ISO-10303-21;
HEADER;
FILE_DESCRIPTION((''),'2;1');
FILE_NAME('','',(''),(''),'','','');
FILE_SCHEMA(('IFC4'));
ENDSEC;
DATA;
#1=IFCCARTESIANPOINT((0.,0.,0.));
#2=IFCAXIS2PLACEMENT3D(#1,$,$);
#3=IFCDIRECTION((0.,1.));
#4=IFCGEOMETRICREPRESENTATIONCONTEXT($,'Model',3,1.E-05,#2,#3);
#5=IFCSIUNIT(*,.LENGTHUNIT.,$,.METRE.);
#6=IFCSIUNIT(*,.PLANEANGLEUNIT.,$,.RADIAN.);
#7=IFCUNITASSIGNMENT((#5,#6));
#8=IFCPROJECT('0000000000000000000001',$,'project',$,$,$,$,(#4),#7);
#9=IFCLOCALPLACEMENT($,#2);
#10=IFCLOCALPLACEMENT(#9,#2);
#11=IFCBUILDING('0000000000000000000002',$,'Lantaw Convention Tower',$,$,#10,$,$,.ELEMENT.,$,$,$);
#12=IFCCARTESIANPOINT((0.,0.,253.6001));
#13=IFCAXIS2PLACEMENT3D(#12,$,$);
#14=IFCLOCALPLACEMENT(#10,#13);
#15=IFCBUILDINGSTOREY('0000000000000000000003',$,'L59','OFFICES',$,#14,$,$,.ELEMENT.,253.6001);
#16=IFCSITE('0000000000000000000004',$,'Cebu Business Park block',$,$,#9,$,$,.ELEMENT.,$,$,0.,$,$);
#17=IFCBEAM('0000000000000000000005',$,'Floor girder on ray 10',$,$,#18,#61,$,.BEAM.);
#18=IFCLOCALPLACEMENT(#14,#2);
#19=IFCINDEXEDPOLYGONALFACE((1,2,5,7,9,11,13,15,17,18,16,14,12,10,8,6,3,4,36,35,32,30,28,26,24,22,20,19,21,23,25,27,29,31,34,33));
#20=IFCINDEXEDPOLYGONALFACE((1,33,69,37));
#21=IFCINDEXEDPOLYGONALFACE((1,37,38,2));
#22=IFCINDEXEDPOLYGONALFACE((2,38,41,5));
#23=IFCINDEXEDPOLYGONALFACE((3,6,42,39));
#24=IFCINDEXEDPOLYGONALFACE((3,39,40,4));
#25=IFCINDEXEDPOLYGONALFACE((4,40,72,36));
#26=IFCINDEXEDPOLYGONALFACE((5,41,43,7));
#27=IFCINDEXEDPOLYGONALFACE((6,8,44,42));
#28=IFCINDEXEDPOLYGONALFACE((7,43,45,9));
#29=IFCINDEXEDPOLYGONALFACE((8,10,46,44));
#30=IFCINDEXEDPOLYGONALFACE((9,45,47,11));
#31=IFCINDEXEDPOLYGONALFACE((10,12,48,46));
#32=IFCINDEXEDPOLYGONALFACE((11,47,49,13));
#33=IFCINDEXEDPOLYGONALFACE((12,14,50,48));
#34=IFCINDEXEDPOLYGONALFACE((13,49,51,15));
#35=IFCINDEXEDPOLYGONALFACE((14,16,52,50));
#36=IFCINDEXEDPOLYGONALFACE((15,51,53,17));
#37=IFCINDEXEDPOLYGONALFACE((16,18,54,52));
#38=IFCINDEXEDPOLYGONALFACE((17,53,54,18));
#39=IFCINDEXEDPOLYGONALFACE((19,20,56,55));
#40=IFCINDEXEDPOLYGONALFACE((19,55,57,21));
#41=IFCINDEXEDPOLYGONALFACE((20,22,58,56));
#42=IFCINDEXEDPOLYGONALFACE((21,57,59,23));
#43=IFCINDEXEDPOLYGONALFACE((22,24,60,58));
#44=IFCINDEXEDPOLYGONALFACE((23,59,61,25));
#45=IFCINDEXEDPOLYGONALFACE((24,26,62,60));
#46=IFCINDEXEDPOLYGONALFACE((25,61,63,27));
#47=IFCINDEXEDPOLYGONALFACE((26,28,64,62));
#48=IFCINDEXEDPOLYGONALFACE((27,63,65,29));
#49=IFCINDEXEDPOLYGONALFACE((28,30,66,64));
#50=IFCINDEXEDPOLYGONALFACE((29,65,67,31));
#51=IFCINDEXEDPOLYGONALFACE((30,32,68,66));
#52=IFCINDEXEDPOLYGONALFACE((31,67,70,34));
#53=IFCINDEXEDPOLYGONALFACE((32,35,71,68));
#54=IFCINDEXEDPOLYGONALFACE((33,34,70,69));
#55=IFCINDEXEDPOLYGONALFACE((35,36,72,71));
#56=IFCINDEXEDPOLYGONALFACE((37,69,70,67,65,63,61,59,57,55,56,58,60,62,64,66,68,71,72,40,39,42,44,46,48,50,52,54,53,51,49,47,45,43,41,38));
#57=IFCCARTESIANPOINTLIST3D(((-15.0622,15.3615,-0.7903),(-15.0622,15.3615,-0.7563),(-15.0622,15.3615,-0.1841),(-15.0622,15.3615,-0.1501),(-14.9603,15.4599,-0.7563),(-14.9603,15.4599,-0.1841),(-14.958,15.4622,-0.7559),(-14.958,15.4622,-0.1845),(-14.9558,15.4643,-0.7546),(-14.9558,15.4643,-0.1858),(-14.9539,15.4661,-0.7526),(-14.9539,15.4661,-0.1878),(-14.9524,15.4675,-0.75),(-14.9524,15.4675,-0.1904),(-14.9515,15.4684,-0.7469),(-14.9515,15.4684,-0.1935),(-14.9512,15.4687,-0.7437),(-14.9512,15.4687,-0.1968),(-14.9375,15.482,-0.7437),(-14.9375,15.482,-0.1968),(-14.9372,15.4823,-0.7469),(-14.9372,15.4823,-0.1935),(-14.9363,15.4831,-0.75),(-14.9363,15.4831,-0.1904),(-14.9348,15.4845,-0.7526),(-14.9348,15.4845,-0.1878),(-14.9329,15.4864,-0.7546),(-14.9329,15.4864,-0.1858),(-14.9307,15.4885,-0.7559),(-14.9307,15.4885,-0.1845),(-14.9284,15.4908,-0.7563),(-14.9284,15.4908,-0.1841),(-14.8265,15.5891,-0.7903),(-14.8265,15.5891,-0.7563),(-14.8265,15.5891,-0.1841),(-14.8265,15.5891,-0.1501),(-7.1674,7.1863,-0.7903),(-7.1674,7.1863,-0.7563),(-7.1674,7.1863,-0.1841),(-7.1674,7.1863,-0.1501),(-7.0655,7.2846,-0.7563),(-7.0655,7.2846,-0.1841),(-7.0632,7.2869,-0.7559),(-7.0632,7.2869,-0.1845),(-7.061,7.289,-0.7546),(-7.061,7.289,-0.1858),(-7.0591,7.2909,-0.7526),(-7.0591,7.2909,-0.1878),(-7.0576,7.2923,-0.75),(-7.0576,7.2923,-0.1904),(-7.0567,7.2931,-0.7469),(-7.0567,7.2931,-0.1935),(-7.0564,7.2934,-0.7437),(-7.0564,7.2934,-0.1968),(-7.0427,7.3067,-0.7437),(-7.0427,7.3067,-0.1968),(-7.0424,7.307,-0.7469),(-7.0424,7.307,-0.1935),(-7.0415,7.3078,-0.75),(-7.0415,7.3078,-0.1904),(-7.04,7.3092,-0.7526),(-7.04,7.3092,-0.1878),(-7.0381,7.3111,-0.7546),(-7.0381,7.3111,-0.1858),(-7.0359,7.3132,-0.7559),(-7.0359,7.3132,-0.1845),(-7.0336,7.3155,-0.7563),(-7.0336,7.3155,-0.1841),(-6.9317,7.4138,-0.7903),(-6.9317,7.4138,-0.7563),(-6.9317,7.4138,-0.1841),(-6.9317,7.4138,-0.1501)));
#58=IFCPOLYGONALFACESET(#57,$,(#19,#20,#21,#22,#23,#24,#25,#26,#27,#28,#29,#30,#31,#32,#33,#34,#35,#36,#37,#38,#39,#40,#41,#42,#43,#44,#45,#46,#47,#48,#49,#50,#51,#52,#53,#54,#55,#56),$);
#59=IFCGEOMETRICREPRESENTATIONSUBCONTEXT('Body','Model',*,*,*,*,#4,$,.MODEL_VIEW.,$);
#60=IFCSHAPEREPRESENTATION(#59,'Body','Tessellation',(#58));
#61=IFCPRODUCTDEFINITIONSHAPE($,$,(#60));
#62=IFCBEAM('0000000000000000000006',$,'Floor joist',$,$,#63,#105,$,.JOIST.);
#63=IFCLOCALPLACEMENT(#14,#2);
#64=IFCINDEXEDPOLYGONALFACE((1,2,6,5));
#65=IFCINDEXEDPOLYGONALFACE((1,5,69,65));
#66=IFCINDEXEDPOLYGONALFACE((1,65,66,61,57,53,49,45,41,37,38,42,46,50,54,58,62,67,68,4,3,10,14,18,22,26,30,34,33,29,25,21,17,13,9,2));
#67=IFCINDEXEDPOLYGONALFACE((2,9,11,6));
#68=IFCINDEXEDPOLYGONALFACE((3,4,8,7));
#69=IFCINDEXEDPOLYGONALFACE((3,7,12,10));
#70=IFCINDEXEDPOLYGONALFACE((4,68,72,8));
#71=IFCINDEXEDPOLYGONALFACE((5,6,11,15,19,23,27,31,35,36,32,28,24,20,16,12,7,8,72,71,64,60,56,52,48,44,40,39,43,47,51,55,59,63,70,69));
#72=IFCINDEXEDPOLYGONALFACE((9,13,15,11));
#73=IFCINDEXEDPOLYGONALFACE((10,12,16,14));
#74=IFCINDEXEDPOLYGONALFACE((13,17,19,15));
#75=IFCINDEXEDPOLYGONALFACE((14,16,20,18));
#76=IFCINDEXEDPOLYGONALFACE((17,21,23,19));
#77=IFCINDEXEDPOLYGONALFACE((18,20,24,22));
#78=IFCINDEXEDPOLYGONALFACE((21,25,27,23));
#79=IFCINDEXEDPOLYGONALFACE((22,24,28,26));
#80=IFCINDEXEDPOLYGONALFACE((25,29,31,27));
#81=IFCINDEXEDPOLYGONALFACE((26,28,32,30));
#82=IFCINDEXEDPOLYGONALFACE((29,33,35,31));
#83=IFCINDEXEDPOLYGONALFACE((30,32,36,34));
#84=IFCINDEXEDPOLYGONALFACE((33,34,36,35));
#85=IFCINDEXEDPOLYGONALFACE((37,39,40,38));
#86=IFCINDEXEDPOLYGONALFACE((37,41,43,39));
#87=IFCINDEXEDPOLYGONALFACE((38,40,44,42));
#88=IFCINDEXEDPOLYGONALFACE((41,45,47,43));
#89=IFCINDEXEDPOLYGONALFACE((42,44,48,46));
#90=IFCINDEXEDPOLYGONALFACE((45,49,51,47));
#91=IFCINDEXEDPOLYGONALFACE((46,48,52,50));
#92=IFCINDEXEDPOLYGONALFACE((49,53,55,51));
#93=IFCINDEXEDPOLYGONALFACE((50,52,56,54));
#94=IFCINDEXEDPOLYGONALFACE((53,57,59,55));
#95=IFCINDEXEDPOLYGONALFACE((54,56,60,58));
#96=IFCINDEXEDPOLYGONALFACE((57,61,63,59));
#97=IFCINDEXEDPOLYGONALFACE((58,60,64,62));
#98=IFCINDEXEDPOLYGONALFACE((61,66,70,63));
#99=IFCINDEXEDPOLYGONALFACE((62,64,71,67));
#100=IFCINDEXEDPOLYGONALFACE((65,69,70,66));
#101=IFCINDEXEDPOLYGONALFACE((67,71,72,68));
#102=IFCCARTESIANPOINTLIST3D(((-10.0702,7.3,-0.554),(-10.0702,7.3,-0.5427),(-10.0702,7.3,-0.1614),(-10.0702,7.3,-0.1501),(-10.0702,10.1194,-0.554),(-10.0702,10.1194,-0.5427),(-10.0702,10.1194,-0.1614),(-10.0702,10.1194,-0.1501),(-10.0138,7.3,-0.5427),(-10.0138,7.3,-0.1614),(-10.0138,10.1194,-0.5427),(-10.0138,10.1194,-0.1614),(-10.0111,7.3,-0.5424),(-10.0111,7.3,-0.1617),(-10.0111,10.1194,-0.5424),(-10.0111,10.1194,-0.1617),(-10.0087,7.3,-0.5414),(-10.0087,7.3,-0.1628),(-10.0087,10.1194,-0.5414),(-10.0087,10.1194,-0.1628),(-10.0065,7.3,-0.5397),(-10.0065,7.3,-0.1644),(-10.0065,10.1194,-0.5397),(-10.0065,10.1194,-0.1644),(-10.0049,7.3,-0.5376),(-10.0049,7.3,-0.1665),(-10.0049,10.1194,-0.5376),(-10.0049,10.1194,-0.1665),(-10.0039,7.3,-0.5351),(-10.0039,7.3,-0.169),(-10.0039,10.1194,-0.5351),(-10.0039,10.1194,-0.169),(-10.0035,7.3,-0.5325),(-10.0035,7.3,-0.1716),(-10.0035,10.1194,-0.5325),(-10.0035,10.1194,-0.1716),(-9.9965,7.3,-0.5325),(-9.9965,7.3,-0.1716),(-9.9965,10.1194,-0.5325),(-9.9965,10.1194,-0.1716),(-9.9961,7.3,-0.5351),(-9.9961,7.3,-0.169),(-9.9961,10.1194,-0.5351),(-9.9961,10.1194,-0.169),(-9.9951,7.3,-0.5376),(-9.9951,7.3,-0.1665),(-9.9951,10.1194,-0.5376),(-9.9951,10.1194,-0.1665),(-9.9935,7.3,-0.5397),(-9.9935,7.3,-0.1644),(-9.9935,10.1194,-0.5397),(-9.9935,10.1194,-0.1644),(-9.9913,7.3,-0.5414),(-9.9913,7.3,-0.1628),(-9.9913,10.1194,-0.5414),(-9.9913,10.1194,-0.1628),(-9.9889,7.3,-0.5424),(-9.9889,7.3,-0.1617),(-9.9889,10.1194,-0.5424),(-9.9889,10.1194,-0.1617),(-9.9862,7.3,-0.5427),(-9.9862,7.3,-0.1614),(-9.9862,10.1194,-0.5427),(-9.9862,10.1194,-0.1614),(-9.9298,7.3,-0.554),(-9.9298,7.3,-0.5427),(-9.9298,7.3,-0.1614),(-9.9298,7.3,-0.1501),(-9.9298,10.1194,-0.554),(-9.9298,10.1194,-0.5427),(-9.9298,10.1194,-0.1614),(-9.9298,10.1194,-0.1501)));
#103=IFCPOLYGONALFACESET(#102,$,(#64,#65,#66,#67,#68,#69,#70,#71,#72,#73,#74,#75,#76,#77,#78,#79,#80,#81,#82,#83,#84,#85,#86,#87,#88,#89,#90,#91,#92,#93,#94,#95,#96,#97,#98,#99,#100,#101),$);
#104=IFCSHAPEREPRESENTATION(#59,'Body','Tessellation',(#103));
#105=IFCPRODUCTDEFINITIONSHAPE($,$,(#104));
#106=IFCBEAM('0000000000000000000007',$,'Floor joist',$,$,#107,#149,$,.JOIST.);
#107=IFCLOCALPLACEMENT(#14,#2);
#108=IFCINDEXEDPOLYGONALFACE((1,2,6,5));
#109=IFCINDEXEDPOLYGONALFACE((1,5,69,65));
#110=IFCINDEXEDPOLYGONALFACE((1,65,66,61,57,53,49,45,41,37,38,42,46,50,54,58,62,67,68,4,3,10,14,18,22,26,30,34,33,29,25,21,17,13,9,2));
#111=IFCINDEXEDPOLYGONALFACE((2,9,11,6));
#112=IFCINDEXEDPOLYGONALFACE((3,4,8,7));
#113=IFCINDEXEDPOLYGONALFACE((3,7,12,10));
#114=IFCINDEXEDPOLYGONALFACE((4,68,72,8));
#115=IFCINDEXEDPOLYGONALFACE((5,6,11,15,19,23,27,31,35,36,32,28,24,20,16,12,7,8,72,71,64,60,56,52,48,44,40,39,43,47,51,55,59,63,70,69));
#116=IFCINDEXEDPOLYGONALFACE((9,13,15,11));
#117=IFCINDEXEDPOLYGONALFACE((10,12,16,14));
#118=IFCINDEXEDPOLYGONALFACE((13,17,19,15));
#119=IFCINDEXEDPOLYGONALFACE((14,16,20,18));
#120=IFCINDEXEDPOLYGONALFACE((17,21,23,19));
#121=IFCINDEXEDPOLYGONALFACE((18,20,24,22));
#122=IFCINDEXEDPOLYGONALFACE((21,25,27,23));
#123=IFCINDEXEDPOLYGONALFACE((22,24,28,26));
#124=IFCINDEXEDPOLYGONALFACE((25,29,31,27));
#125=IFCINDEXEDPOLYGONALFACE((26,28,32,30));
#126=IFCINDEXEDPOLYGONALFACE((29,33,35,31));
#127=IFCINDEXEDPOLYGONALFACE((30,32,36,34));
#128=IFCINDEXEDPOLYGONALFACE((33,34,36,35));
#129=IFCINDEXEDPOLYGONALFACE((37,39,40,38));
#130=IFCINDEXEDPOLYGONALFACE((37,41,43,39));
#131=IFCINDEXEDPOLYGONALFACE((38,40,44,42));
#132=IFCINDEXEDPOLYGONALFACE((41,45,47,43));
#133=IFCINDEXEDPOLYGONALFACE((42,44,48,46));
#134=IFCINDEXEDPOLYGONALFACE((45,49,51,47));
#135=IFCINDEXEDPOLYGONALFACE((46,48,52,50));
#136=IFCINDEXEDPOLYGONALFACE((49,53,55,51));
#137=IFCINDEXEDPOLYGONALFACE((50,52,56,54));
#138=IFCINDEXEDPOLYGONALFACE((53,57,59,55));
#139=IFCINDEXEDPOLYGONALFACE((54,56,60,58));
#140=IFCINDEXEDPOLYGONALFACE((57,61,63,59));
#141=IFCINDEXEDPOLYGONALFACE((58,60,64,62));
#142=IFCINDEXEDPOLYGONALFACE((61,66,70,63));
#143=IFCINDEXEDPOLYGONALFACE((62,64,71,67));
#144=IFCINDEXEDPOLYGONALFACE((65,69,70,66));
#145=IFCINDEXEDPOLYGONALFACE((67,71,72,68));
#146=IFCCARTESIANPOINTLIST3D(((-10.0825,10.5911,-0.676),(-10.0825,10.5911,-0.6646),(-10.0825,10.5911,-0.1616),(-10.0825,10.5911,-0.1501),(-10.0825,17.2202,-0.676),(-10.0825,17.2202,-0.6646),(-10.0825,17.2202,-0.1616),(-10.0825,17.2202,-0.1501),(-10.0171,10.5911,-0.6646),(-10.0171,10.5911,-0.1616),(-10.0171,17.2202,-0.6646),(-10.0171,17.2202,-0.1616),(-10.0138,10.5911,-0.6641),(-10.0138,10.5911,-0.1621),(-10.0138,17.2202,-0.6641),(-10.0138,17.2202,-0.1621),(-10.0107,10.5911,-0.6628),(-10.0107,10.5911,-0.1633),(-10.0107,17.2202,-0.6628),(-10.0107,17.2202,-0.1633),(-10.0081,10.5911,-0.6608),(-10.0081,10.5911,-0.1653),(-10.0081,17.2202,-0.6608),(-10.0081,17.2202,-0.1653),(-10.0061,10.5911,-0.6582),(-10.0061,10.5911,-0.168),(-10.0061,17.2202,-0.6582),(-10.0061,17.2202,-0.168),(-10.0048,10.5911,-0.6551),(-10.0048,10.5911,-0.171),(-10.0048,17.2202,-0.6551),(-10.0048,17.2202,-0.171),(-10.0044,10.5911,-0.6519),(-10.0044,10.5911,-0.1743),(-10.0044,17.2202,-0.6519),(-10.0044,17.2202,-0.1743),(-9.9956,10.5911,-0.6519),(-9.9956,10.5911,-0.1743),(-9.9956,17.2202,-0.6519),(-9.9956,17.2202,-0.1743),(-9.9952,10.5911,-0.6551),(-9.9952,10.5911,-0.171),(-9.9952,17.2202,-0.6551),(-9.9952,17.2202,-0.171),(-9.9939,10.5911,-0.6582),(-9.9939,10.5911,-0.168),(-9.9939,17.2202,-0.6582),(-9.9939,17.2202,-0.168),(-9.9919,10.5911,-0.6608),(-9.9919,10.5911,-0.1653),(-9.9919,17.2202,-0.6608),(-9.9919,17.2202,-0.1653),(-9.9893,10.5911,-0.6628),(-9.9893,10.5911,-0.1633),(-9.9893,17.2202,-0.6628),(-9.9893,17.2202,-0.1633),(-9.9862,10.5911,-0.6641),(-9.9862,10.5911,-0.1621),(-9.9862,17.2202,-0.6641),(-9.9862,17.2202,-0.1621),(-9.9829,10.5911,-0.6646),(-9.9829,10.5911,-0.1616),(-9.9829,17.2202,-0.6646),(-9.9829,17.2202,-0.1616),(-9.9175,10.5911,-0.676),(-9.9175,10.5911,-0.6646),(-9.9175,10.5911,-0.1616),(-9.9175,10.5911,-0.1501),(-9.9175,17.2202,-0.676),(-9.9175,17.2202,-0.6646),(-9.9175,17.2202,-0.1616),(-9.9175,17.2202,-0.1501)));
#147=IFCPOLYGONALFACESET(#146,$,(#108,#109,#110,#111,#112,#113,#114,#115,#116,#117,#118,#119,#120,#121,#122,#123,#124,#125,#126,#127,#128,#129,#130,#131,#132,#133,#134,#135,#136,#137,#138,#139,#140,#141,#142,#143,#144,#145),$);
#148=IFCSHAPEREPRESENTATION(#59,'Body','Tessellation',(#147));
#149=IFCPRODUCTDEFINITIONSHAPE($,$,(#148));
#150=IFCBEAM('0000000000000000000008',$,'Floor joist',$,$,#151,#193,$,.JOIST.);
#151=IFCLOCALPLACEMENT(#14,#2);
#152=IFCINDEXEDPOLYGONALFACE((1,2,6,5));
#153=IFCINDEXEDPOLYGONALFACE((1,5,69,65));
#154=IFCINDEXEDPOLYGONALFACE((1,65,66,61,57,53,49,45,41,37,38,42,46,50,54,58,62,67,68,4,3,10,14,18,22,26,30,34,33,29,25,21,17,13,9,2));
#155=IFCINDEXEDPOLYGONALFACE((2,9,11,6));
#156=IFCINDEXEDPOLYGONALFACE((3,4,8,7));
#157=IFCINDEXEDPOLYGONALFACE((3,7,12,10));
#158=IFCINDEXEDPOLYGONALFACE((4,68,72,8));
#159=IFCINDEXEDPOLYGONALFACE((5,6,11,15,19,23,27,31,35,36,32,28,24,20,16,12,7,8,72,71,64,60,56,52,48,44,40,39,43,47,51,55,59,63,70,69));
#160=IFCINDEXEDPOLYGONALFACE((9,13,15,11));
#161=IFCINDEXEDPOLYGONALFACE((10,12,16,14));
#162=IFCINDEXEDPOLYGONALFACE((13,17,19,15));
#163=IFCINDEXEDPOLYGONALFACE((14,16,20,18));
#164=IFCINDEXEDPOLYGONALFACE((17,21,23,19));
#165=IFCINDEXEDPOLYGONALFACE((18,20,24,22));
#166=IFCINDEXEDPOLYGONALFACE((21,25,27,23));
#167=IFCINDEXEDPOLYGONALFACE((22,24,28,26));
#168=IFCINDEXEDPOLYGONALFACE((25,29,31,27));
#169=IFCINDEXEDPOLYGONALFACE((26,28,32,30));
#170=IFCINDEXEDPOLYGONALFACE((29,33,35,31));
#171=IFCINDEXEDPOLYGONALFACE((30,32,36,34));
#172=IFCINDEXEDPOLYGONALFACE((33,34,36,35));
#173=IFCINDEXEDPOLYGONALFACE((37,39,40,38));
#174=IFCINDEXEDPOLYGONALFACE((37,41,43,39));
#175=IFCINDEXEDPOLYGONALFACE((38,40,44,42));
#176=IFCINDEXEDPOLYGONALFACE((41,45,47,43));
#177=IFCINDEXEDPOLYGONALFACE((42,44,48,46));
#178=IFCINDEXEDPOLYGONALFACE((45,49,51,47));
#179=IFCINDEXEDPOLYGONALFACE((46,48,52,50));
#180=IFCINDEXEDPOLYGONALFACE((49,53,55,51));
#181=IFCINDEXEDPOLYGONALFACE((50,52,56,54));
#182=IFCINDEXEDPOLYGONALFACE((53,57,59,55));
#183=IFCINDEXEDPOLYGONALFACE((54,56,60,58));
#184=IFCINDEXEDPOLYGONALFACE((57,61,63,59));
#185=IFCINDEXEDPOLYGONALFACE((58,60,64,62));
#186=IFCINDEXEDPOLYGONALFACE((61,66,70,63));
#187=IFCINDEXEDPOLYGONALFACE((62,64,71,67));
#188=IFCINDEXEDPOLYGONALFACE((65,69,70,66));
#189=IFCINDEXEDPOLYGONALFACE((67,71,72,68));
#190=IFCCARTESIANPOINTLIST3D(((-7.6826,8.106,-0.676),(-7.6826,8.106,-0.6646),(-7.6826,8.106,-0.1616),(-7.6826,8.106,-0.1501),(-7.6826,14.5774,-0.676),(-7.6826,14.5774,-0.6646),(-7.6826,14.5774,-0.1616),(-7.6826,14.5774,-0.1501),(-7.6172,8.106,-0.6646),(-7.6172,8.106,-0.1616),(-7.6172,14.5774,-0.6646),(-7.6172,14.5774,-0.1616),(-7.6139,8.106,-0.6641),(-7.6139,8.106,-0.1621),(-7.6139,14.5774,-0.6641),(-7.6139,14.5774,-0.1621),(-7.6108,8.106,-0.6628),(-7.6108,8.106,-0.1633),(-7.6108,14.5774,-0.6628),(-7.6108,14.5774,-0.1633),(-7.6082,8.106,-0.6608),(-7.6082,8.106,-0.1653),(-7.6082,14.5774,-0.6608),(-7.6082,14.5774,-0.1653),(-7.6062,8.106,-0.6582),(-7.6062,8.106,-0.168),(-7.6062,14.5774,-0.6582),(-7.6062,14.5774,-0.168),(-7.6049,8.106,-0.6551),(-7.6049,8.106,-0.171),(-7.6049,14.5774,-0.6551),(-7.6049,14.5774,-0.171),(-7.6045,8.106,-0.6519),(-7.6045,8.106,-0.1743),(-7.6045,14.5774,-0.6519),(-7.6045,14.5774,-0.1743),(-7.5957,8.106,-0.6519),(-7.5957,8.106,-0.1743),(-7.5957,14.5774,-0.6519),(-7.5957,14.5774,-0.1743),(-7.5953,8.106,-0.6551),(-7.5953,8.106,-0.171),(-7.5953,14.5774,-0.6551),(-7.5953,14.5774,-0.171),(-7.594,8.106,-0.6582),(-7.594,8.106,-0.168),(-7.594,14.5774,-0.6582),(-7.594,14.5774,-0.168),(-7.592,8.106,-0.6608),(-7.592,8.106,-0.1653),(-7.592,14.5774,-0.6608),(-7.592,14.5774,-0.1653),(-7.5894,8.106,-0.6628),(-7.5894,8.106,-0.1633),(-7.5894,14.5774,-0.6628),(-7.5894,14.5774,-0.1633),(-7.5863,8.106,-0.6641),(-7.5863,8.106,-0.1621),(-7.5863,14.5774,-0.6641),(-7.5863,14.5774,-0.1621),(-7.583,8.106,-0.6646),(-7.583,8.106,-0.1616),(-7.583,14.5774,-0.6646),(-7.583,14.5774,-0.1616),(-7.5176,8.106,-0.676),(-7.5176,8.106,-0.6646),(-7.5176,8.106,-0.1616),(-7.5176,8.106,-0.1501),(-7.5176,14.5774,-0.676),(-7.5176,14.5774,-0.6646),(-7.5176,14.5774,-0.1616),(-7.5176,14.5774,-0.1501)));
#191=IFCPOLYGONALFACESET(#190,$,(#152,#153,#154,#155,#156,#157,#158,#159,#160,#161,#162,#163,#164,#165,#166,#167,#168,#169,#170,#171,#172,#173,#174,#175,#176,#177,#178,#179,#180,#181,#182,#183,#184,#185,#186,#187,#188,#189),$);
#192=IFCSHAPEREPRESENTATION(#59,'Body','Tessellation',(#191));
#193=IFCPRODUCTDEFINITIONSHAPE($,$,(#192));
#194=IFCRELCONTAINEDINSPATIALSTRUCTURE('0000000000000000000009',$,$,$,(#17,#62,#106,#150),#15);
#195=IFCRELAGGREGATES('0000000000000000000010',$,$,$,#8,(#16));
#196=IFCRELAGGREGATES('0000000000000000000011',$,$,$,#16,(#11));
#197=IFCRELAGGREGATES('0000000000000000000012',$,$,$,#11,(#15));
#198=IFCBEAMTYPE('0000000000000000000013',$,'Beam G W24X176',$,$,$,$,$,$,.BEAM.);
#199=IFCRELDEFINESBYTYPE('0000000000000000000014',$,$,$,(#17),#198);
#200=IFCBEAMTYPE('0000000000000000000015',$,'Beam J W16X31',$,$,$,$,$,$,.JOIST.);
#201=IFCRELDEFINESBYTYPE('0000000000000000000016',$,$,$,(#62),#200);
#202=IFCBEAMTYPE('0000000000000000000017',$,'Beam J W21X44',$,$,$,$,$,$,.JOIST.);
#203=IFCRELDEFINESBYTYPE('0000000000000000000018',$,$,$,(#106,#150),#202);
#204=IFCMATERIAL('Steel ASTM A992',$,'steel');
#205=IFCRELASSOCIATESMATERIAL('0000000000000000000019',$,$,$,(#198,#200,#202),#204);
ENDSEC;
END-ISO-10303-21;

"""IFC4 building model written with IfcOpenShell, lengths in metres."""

from ifc_helpers import new_model, si_unit, direction, frame, origin, origin_2d, place, context, subcontext, project, spatial, i_section, extrude, material, material_profile, profile_set, type_object, element, save


model = new_model("IFC4")

# Units and contexts
model_context = context("Model", 3, precision=1e-05, world=origin(), true_north=direction((0.0, 1.0)))
body_context = subcontext(model_context, "Body", "Model", "MODEL_VIEW")
ifc_project = project(units=[si_unit("LENGTHUNIT", "METRE"), si_unit("PLANEANGLEUNIT", "RADIAN")], contexts=[model_context])

# Site, building, storey
site_placement = place(None, origin())
site = spatial("IfcSite", under=ifc_project, at=site_placement, Name="Cebu Business Park block", CompositionType="ELEMENT", RefElevation=0.0)
building_placement = place(site_placement, origin())
building = spatial("IfcBuilding", under=site, at=building_placement, Name="Lantaw Convention Tower", CompositionType="ELEMENT")
storey_placement = place(building_placement, frame((0.0, 0.0, 253.6001)))
storey = spatial("IfcBuildingStorey", under=building, at=storey_placement, Name="L59", Description="OFFICES", CompositionType="ELEMENT", Elevation=253.6001)

# Beams
ifc_material_1 = material(Name="Steel ASTM A992", Category="steel")
ifc_material_profile_1 = material_profile(ifc_material_1, i_section(OverallWidth=0.3276, OverallDepth=0.6401, WebThickness=0.019, FlangeThickness=0.0339, FilletRadius=0.0127, at=origin_2d()), Name="W24X176")
ifc_profile_set_1 = profile_set([ifc_material_profile_1], Name="Steel ASTM A992")
beam_type_1 = type_object("IfcBeamType", Name="Beam G W24X176", PredefinedType="BEAM", material=ifc_profile_set_1)
beam_1_placement = place(storey_placement, frame((-7.0496, 7.3, -0.4702), z_axis=(-0.694658, 0.71934, 0.0), x_axis=(-0.71934, -0.694658, 0.0)))
element("IfcBeam", 1, at=beam_1_placement, inside=storey, type_object=beam_type_1, Name="Floor girder on ray 10", PredefinedType="BEAM", context=body_context, shape_type="SweptSolid", body=[
    extrude(i_section(OverallWidth=0.3276, OverallDepth=0.6401, WebThickness=0.019, FlangeThickness=0.0339, FilletRadius=0.0127, at=origin_2d()), origin(), (0.0, 0.0, 1.0), 11.365),
])
ifc_material_profile_2 = material_profile(ifc_material_1, i_section(OverallWidth=0.1404, OverallDepth=0.4038, WebThickness=0.0071, FlangeThickness=0.0112, FilletRadius=0.0103, at=origin_2d()), Name="W16X31")
ifc_profile_set_2 = profile_set([ifc_material_profile_2], Name="Steel ASTM A992")
beam_type_2 = type_object("IfcBeamType", Name="Beam J W16X31", PredefinedType="JOIST", material=ifc_profile_set_2)
beam_2_placement = place(storey_placement, frame((-10.0, 7.3, -0.3521), z_axis=(0.0, 1.0, 0.0), x_axis=(-1.0, 0.0, 0.0)))
element("IfcBeam", 2, at=beam_2_placement, inside=storey, type_object=beam_type_2, Name="Floor joist", PredefinedType="JOIST", context=body_context, shape_type="SweptSolid", body=[
    extrude(i_section(OverallWidth=0.1404, OverallDepth=0.4038, WebThickness=0.0071, FlangeThickness=0.0112, FilletRadius=0.0103, at=origin_2d()), origin(), (0.0, 0.0, 1.0), 2.8193),
])
ifc_material_profile_3 = material_profile(ifc_material_1, i_section(OverallWidth=0.165, OverallDepth=0.5259, WebThickness=0.0088, FlangeThickness=0.0115, FilletRadius=0.0127, at=origin_2d()), Name="W21X44")
ifc_profile_set_3 = profile_set([ifc_material_profile_3], Name="Steel ASTM A992")
beam_type_3 = type_object("IfcBeamType", Name="Beam J W21X44", PredefinedType="JOIST", material=ifc_profile_set_3)
beam_3_placement = place(storey_placement, frame((-10.0, 10.5911, -0.4131), z_axis=(0.0, 1.0, 0.0), x_axis=(-1.0, 0.0, 0.0)))
element("IfcBeam", 3, at=beam_3_placement, inside=storey, type_object=beam_type_3, Name="Floor joist", PredefinedType="JOIST", context=body_context, shape_type="SweptSolid", body=[
    extrude(i_section(OverallWidth=0.165, OverallDepth=0.5259, WebThickness=0.0088, FlangeThickness=0.0115, FilletRadius=0.0127, at=origin_2d()), origin(), (0.0, 0.0, 1.0), 6.6292),
])
beam_4_placement = place(storey_placement, frame((-7.6001, 8.106, -0.4131), z_axis=(0.0, 1.0, 0.0), x_axis=(-1.0, 0.0, 0.0)))
element("IfcBeam", 4, at=beam_4_placement, inside=storey, type_object=beam_type_3, Name="Floor joist", PredefinedType="JOIST", context=body_context, shape_type="SweptSolid", body=[
    extrude(i_section(OverallWidth=0.165, OverallDepth=0.5259, WebThickness=0.0088, FlangeThickness=0.0115, FilletRadius=0.0127, at=origin_2d()), origin(), (0.0, 0.0, 1.0), 6.4714),
])

save(model, "model.ifc")
